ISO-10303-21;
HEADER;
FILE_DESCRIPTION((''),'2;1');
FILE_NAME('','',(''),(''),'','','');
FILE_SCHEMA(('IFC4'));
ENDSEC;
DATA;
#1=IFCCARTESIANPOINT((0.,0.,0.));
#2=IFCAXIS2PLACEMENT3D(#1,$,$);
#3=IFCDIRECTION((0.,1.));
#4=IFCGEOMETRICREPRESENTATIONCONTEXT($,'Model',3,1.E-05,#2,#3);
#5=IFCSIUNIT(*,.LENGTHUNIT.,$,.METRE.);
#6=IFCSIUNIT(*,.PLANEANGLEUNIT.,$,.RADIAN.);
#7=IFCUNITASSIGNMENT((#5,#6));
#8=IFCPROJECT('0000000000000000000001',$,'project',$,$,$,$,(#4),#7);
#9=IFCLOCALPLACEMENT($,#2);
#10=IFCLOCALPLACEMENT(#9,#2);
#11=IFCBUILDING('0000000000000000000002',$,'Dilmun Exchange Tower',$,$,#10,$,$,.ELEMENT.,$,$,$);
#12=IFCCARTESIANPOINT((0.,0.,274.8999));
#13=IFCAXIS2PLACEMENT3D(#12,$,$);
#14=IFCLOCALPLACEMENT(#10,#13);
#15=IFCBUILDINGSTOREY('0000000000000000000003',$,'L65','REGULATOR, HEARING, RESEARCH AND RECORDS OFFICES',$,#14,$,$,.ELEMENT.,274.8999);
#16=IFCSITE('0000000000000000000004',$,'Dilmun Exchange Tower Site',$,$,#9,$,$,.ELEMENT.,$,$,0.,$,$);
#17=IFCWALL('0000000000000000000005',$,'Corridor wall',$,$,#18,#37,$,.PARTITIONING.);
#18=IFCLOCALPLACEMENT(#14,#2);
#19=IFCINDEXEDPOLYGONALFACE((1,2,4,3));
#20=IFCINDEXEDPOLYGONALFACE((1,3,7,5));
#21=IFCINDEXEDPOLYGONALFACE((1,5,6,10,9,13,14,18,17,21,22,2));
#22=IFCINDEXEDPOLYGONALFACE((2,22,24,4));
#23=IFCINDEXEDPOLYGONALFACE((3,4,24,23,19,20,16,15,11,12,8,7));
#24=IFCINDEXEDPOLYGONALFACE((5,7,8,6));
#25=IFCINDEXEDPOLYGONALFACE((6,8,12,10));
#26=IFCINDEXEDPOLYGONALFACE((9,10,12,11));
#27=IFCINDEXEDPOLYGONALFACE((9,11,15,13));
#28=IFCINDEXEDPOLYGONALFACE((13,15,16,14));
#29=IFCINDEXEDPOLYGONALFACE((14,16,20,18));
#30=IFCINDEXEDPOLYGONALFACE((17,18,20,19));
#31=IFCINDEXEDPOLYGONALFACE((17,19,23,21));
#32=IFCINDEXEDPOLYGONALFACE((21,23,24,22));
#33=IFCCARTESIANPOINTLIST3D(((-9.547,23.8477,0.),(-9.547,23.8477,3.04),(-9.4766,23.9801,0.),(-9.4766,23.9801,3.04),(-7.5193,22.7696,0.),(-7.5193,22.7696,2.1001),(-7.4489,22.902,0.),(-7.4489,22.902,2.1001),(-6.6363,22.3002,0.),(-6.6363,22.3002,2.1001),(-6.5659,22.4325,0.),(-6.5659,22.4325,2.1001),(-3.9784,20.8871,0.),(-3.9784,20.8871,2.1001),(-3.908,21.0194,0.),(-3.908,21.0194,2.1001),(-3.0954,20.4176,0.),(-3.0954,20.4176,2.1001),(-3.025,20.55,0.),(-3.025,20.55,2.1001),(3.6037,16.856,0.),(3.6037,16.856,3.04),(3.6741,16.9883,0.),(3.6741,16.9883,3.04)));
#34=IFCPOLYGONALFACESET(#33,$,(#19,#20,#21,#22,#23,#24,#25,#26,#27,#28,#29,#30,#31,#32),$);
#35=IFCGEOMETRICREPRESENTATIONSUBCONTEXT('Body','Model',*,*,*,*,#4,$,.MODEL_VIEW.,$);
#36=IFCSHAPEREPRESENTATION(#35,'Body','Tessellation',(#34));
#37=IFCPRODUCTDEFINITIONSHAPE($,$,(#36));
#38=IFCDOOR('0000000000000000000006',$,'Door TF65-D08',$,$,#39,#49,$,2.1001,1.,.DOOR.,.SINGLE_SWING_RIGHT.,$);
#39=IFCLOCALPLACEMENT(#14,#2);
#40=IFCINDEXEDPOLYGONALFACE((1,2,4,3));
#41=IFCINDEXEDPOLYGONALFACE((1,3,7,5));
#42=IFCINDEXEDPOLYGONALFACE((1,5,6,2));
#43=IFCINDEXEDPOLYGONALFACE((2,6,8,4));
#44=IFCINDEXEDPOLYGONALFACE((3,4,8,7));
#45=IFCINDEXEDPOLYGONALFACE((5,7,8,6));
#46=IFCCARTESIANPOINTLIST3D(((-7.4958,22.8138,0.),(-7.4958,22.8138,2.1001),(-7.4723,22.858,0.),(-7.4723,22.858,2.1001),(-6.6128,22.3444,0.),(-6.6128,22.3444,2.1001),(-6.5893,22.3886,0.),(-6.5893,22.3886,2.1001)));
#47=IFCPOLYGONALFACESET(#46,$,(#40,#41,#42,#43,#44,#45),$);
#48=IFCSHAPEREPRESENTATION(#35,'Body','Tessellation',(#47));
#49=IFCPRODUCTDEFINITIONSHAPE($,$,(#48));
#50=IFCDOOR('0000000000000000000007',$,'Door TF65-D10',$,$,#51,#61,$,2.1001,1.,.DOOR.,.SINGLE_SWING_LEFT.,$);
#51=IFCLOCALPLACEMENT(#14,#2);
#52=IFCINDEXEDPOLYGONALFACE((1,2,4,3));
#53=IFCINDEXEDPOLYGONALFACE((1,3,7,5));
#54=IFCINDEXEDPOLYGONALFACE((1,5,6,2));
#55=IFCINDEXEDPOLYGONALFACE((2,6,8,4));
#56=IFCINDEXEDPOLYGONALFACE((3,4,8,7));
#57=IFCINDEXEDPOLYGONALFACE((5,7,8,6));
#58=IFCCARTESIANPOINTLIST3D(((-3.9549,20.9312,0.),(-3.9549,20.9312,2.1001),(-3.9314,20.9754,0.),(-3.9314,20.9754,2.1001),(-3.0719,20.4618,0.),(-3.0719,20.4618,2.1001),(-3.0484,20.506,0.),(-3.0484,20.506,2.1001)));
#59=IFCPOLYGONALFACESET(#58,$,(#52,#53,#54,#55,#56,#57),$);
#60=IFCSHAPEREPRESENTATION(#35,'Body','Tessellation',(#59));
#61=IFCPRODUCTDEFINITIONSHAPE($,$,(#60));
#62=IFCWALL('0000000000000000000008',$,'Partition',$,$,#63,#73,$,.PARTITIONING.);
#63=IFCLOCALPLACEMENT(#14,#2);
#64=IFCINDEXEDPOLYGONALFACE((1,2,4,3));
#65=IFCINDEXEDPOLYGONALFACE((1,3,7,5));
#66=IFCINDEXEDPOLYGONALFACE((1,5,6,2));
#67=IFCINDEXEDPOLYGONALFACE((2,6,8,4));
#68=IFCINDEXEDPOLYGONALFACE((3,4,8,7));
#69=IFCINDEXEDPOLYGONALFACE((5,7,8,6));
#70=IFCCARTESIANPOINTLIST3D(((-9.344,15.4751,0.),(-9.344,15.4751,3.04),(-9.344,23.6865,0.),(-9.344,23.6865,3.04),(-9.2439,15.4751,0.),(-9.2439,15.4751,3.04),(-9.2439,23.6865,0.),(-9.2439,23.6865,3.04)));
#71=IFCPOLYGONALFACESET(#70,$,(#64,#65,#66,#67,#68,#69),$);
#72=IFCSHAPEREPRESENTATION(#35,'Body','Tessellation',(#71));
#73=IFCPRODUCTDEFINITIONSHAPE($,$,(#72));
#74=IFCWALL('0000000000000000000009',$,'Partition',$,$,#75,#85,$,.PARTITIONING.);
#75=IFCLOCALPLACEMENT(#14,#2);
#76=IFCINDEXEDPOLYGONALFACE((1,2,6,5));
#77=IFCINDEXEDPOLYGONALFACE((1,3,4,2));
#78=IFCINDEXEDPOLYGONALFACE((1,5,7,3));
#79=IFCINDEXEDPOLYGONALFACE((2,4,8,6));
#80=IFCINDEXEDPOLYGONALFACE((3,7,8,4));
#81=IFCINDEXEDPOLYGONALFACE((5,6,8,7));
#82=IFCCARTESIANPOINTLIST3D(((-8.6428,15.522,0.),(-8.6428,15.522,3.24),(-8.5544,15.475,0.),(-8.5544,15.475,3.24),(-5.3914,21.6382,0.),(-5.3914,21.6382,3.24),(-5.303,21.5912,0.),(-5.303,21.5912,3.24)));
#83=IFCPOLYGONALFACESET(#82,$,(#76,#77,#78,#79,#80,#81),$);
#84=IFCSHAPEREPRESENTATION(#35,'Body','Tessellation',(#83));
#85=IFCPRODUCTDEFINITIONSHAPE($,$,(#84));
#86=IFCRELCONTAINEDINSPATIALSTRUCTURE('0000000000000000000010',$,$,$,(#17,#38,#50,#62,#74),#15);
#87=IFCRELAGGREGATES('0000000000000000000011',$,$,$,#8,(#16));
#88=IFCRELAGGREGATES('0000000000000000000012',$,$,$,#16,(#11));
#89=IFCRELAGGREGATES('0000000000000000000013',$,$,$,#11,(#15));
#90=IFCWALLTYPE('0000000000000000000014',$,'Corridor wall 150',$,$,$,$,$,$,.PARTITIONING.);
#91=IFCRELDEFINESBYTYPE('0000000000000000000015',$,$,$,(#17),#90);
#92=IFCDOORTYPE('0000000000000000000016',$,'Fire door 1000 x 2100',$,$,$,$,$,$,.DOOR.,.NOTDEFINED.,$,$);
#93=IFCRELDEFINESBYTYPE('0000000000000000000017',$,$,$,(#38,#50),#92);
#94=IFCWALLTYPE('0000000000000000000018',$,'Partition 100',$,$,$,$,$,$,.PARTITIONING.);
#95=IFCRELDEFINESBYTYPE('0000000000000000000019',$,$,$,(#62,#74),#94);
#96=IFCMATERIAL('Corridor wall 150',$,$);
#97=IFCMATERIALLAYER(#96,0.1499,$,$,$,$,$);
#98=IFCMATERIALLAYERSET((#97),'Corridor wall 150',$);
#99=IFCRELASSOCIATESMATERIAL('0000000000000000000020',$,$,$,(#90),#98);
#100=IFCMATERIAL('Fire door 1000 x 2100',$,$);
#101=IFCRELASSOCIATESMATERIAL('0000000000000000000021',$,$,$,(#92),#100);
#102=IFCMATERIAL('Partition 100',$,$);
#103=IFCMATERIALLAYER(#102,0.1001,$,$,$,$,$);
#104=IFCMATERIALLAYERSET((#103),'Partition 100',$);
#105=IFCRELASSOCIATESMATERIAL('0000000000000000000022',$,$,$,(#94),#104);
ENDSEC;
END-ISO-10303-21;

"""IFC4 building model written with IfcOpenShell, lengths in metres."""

from ifc_helpers import new_model, si_unit, direction, frame, frame_2d, origin, place, context, subcontext, project, spatial, rectangle, extrude, material, layer, layer_set, type_object, element, fill, save


model = new_model("IFC4")

# Units and contexts
model_context = context("Model", 3, precision=1e-05, world=origin(), true_north=direction((0.0, 1.0)))
body_context = subcontext(model_context, "Body", "Model", "MODEL_VIEW")
ifc_project = project(units=[si_unit("LENGTHUNIT", "METRE"), si_unit("PLANEANGLEUNIT", "RADIAN")], contexts=[model_context])

# Site, building, storey
site_placement = place(None, origin())
site = spatial("IfcSite", under=ifc_project, at=site_placement, Name="Dilmun Exchange Tower Site", CompositionType="ELEMENT", RefElevation=0.0)
building_placement = place(site_placement, origin())
building = spatial("IfcBuilding", under=site, at=building_placement, Name="Dilmun Exchange Tower", CompositionType="ELEMENT")
storey_placement = place(building_placement, frame((0.0, 0.0, 274.8999)))
storey = spatial("IfcBuildingStorey", under=building, at=storey_placement, Name="L65", Description="REGULATOR, HEARING, RESEARCH AND RECORDS OFFICES", CompositionType="ELEMENT", Elevation=274.8999)

# Shared definitions
ifc_material_1 = material(Name="Corridor wall 150")
ifc_layer_1 = layer(ifc_material_1, 0.1499)
ifc_layer_set_1 = layer_set([ifc_layer_1], Name="Corridor wall 150")
wall_type_1 = type_object("IfcWallType", Name="Corridor wall 150", PredefinedType="PARTITIONING", material=ifc_layer_set_1)

# Wall, openings, doors
wall_1_placement = place(storey_placement, frame((-9.5117, 23.9138, 0.0), z_axis=(0.0, 0.0, 1.0), x_axis=(0.882965, -0.469439, 0.0)))
wall_1 = element("IfcWall", 1, at=wall_1_placement, inside=storey, type_object=wall_type_1, Name="Corridor wall", PredefinedType="PARTITIONING", context=body_context, shape_type="SweptSolid", body=[
    extrude(rectangle(XDim=14.8938, YDim=0.1499, at=frame_2d((7.4468, 0.0))), origin(), (0.0, 0.0, 1.0), 3.04),
])
opening_1_placement = place(wall_1_placement, frame((2.2964, 0.0, 0.0)))
opening_1 = element("IfcOpeningElement", 2, at=opening_1_placement, cuts=wall_1, PredefinedType="OPENING", context=body_context, shape_type="SweptSolid", body=[
    extrude(rectangle(XDim=1.0, YDim=2.1001, at=frame_2d((0.5, 1.05))), frame((0.0, 0.085, 0.0), z_axis=(0.0, -1.0, 0.0), x_axis=(1.0, 0.0, 0.0)), (0.0, 0.0, 1.0), 0.1699),
])
opening_2_placement = place(wall_1_placement, frame((6.3066, 0.0, 0.0)))
opening_2 = element("IfcOpeningElement", 3, at=opening_2_placement, cuts=wall_1, PredefinedType="OPENING", context=body_context, shape_type="SweptSolid", body=[
    extrude(rectangle(XDim=1.0, YDim=2.1001, at=frame_2d((0.5, 1.05))), frame((0.0, 0.085, 0.0), z_axis=(0.0, -1.0, 0.0), x_axis=(1.0, 0.0, 0.0)), (0.0, 0.0, 1.0), 0.1699),
])
ifc_material_2 = material(Name="Fire door 1000 x 2100")
door_type_1 = type_object("IfcDoorType", Name="Fire door 1000 x 2100", OperationType="NOTDEFINED", PredefinedType="DOOR", material=ifc_material_2)
door_1_placement = place(opening_1_placement, frame((1.0, 0.0, 0.0), z_axis=(0.0, 0.0, 1.0), x_axis=(-1.0, 0.0, 0.0)))
door_1 = element("IfcDoor", 4, at=door_1_placement, inside=storey, type_object=door_type_1, Name="Door TF65-D08", OperationType="SINGLE_SWING_RIGHT", OverallHeight=2.1001, OverallWidth=1.0, PredefinedType="DOOR", context=body_context, shape_type="SweptSolid", body=[
    extrude(rectangle(XDim=1.0, YDim=2.1001, at=frame_2d((0.5, 1.05))), frame((0.0, 0.0249, 0.0), z_axis=(0.0, -1.0, 0.0), x_axis=(1.0, 0.0, 0.0)), (0.0, 0.0, 1.0), 0.05),
])
fill(opening_1, door_1)
door_2_placement = place(opening_2_placement, frame((1.0, 0.0, 0.0), z_axis=(0.0, 0.0, 1.0), x_axis=(-1.0, 0.0, 0.0)))
door_2 = element("IfcDoor", 5, at=door_2_placement, inside=storey, type_object=door_type_1, Name="Door TF65-D10", OperationType="SINGLE_SWING_LEFT", OverallHeight=2.1001, OverallWidth=1.0, PredefinedType="DOOR", context=body_context, shape_type="SweptSolid", body=[
    extrude(rectangle(XDim=1.0, YDim=2.1001, at=frame_2d((0.5, 1.05))), frame((0.0, 0.0249, 0.0), z_axis=(0.0, -1.0, 0.0), x_axis=(1.0, 0.0, 0.0)), (0.0, 0.0, 1.0), 0.05),
])
fill(opening_2, door_2)

# Walls
ifc_material_3 = material(Name="Partition 100")
ifc_layer_2 = layer(ifc_material_3, 0.1001)
ifc_layer_set_2 = layer_set([ifc_layer_2], Name="Partition 100")
wall_type_2 = type_object("IfcWallType", Name="Partition 100", PredefinedType="PARTITIONING", material=ifc_layer_set_2)
wall_2_placement = place(storey_placement, frame((-9.2939, 15.4751, 0.0), z_axis=(0.0, 0.0, 1.0), x_axis=(0.0, 1.0, 0.0)))
element("IfcWall", 6, at=wall_2_placement, inside=storey, type_object=wall_type_2, Name="Partition", PredefinedType="PARTITIONING", context=body_context, shape_type="SweptSolid", body=[
    extrude(rectangle(XDim=8.2114, YDim=0.1001, at=frame_2d((4.1057, 0.0))), origin(), (0.0, 0.0, 1.0), 3.04),
])
wall_3_placement = place(storey_placement, frame((-8.5986, 15.4985, 0.0), z_axis=(0.0, 0.0, 1.0), x_axis=(0.469406, 0.882982, 0.0)))
element("IfcWall", 7, at=wall_3_placement, inside=storey, type_object=wall_type_2, Name="Partition", PredefinedType="PARTITIONING", context=body_context, shape_type="SweptSolid", body=[
    extrude(rectangle(XDim=6.9268, YDim=0.1001, at=frame_2d((3.4634, 0.0))), origin(), (0.0, 0.0, 1.0), 3.24),
])

save(model, "model.ifc")
